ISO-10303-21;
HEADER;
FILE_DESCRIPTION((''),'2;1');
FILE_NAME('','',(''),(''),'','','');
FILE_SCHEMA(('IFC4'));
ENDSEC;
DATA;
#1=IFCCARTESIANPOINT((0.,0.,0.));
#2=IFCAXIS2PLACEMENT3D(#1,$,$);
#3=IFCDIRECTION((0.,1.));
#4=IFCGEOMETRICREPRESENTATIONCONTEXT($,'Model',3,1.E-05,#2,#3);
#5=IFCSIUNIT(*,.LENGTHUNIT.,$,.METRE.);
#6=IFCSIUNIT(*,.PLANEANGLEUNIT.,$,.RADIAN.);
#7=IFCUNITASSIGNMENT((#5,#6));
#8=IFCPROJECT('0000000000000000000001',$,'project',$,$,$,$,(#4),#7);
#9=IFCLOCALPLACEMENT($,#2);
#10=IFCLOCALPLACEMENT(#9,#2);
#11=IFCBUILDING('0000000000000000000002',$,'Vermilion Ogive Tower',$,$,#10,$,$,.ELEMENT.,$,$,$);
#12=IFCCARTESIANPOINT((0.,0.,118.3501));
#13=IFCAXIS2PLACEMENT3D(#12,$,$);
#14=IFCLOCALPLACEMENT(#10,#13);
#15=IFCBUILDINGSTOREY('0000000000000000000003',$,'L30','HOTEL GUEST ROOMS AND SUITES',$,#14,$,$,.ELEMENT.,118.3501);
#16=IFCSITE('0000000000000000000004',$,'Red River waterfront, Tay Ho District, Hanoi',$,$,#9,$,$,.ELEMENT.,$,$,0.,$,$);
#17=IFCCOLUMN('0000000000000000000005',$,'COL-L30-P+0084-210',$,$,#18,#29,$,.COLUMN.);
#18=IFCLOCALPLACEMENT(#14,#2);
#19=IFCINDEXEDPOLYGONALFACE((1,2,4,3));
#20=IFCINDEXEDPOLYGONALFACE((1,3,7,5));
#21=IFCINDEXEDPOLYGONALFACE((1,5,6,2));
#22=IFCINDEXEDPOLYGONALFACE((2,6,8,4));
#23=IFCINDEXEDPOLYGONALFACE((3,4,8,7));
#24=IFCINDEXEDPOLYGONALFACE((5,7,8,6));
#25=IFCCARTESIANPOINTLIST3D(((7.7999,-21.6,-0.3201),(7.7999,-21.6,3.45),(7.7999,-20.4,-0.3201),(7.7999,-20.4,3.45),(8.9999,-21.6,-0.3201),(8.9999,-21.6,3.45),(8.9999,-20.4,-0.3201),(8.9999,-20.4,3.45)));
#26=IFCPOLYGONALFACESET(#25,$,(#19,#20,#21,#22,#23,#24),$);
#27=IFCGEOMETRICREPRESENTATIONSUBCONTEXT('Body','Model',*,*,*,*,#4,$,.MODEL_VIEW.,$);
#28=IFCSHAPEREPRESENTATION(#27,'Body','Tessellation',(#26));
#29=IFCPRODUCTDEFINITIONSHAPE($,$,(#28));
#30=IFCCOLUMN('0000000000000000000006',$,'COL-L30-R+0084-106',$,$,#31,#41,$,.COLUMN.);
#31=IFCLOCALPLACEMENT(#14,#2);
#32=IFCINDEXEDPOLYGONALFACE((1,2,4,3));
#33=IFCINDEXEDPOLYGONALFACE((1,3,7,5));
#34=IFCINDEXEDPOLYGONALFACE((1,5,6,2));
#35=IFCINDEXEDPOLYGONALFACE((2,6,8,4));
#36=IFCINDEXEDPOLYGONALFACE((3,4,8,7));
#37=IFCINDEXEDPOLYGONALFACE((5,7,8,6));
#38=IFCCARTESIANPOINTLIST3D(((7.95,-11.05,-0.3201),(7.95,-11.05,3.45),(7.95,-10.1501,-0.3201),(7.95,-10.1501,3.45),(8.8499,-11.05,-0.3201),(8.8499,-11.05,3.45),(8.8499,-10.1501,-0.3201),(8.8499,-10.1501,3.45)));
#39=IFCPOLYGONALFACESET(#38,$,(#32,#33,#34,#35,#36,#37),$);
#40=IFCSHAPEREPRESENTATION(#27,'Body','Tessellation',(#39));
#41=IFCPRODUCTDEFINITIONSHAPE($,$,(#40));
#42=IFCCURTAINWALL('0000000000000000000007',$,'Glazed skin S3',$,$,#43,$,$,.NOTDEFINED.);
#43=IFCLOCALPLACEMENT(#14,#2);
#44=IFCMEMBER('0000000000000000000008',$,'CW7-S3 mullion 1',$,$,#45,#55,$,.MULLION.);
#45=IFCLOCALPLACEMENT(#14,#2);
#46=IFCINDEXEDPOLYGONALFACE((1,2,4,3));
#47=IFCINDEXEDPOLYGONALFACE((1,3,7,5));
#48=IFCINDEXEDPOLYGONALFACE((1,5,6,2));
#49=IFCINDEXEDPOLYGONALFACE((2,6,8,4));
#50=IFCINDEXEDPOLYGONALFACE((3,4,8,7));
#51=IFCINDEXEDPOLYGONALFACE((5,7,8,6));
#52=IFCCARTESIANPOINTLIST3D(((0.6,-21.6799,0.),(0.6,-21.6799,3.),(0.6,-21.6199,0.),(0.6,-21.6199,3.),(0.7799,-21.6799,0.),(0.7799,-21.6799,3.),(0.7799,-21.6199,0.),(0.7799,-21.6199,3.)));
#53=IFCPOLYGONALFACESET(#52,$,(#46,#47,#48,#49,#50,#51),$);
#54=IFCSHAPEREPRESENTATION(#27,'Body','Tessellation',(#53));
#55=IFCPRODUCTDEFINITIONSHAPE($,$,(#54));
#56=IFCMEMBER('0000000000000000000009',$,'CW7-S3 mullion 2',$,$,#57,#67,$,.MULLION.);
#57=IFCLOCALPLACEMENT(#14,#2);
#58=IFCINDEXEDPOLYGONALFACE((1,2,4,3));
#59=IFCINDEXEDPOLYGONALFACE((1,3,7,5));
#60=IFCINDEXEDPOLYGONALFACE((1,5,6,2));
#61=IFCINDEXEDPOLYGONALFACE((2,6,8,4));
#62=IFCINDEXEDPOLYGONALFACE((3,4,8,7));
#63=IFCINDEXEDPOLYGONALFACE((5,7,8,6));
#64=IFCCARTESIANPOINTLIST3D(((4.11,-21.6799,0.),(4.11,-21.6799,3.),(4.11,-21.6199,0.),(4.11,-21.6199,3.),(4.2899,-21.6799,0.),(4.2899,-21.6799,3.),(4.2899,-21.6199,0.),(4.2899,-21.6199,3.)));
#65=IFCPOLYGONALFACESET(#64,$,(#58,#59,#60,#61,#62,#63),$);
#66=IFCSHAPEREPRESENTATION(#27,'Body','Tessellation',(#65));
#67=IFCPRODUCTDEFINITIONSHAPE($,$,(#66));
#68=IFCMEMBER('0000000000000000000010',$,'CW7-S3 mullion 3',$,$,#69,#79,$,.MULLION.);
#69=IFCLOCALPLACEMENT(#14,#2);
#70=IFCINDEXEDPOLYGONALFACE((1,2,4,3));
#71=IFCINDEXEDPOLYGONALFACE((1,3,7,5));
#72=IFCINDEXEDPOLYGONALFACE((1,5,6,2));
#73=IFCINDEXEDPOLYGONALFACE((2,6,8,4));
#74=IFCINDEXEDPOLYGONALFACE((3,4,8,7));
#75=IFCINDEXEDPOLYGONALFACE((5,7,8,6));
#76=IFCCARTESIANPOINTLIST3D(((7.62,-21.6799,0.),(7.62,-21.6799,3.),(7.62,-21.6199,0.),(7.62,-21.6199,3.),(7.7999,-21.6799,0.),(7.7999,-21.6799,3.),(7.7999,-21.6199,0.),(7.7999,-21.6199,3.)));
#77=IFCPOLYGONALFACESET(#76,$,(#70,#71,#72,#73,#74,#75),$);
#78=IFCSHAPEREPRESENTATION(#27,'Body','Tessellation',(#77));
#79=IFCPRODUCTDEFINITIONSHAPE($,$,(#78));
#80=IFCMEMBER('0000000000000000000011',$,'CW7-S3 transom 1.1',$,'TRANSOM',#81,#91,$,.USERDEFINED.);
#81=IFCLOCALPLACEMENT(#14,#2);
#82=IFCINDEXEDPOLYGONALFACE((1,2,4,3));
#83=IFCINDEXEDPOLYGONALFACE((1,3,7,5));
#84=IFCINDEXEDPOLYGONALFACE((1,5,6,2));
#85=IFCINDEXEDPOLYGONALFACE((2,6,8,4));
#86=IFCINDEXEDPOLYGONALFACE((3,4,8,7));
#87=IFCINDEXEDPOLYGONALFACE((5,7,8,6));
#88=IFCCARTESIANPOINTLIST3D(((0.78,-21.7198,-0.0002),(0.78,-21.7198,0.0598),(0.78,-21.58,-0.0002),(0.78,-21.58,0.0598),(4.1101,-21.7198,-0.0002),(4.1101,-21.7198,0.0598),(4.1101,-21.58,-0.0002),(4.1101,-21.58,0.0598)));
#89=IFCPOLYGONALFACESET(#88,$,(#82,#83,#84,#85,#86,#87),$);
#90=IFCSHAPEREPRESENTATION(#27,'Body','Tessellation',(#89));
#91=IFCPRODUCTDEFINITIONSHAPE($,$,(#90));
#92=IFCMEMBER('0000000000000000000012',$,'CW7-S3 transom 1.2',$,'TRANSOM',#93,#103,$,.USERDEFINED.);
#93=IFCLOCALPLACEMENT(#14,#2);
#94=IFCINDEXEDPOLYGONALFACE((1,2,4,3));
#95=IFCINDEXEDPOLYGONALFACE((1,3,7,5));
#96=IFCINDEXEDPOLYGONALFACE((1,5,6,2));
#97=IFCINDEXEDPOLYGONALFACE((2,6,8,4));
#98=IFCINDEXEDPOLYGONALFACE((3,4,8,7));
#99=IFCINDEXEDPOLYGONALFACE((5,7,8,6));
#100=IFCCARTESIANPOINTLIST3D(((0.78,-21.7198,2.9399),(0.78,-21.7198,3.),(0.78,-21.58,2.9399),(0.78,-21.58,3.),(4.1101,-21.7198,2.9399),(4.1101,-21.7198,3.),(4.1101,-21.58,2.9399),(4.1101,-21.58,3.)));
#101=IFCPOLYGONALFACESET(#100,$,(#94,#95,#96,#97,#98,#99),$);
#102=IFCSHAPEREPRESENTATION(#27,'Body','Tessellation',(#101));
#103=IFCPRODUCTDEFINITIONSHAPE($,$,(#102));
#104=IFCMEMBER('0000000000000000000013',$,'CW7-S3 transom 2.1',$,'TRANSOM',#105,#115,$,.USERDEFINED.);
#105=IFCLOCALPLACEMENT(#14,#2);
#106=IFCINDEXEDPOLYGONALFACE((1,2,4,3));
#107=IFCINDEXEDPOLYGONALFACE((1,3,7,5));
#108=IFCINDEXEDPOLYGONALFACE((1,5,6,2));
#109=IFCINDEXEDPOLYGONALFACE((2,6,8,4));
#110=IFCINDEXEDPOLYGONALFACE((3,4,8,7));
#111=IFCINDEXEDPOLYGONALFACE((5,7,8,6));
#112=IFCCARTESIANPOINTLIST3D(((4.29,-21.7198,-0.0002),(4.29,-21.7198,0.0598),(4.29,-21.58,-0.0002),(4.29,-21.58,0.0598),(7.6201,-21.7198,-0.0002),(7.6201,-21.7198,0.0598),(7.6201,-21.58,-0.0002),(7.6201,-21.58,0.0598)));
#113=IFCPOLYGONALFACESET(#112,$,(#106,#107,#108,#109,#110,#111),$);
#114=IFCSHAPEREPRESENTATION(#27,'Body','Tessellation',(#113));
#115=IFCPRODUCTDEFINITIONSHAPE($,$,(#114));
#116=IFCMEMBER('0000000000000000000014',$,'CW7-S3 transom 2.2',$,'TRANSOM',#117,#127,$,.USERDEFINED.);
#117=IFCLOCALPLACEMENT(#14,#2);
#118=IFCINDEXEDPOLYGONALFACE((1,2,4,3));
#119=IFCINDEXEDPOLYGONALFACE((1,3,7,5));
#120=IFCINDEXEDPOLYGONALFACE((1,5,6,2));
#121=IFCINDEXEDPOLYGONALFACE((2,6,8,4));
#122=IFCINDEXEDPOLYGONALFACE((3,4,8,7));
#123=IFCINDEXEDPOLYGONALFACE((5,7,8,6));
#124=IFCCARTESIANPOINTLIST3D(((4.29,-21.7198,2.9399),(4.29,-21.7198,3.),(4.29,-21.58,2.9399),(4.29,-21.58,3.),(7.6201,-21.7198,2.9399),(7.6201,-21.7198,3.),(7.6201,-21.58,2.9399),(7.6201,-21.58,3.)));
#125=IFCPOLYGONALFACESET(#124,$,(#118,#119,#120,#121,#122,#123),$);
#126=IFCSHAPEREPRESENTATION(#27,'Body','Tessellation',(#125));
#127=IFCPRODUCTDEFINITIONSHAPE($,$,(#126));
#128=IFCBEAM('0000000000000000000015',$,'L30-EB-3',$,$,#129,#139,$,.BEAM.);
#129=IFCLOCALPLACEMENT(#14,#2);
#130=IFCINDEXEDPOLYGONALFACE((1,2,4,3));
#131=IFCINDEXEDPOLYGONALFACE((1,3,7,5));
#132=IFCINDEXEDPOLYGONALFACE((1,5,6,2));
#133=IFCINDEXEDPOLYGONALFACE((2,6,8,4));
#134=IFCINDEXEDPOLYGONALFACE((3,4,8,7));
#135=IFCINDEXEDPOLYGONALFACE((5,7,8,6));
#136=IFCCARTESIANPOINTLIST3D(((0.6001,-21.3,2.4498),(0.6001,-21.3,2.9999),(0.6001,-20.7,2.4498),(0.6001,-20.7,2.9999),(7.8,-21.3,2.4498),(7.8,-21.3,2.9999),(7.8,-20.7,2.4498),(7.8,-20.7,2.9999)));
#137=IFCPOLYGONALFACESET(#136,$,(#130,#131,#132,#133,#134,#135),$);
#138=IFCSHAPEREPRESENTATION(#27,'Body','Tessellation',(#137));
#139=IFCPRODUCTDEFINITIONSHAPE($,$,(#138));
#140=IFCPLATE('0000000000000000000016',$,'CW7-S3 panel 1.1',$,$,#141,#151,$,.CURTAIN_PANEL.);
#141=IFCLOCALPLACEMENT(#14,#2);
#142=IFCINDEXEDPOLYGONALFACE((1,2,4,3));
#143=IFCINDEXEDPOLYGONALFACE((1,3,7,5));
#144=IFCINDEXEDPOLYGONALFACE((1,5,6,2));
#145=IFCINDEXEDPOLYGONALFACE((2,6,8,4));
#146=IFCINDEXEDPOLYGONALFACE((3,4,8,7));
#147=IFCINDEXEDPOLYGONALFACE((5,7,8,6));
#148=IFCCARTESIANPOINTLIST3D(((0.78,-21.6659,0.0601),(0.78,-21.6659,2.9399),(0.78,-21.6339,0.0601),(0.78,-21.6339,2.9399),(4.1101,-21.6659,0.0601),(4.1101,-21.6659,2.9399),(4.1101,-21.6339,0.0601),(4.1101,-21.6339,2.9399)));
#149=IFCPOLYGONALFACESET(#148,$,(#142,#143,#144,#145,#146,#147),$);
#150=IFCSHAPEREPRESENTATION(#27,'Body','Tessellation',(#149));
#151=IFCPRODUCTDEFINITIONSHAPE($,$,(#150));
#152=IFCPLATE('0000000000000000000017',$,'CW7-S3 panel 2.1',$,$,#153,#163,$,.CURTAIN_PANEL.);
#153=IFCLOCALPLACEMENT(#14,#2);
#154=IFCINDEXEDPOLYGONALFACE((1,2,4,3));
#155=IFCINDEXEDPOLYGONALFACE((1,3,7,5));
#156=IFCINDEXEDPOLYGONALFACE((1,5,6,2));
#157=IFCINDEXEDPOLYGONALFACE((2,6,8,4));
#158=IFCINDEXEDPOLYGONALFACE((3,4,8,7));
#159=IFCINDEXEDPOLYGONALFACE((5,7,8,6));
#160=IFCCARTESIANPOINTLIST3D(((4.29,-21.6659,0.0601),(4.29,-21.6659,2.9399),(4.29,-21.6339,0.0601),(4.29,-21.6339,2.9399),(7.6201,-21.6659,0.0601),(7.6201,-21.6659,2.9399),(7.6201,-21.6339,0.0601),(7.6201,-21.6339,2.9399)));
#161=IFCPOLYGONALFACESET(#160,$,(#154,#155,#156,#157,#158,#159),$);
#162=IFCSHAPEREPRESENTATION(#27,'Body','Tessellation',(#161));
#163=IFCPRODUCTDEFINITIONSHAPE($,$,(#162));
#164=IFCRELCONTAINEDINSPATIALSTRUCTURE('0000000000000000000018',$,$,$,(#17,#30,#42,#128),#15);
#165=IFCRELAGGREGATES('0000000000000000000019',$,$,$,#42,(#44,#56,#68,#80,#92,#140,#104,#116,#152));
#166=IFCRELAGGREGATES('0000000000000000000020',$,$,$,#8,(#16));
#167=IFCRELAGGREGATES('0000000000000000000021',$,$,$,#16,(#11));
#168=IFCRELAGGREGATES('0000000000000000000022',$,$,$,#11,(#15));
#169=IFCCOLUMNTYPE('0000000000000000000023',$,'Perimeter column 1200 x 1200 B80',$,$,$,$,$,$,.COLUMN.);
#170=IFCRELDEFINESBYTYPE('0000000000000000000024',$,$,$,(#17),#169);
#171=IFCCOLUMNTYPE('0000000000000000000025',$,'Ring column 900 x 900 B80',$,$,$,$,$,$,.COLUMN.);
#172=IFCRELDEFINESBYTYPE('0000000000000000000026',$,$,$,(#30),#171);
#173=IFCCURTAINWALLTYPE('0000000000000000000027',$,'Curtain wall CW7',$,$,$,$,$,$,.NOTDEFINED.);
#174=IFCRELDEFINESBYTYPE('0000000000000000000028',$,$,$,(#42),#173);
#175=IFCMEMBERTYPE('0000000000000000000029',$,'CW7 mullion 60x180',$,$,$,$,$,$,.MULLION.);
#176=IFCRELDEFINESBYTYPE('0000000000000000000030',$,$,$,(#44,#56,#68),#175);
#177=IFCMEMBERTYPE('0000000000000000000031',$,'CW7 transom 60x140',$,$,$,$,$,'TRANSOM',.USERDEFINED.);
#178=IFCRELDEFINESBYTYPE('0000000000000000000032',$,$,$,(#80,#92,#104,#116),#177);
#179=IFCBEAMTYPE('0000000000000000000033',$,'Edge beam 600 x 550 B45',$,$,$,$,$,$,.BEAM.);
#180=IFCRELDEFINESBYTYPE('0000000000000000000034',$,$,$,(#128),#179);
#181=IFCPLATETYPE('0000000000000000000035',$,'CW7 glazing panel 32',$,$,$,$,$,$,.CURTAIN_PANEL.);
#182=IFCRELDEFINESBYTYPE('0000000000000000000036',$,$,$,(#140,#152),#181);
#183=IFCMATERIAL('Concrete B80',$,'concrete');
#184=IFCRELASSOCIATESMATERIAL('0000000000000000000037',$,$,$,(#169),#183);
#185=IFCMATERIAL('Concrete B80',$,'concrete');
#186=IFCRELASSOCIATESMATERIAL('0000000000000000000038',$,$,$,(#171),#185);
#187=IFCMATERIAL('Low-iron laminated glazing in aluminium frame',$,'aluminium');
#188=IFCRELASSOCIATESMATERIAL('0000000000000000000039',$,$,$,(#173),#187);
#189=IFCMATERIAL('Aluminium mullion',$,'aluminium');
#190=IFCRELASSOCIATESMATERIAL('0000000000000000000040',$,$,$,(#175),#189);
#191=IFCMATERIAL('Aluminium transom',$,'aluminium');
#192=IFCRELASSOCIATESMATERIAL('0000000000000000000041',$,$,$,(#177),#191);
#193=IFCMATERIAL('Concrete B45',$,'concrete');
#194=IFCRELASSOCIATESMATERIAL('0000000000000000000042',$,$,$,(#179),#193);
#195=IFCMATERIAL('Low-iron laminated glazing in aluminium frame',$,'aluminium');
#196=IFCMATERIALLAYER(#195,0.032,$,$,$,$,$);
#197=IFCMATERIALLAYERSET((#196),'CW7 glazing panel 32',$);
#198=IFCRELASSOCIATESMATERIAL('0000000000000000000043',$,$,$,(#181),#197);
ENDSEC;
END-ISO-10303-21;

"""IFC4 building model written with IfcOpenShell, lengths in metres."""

from ifc_helpers import new_model, si_unit, direction, frame, origin, origin_2d, place, context, subcontext, project, spatial, rectangle, extrude, material, layer, layer_set, material_profile, profile_set, type_object, element, aggregate, save


model = new_model("IFC4")

# Units and contexts
model_context = context("Model", 3, precision=1e-05, world=origin(), true_north=direction((0.0, 1.0)))
body_context = subcontext(model_context, "Body", "Model", "MODEL_VIEW")
ifc_project = project(units=[si_unit("LENGTHUNIT", "METRE"), si_unit("PLANEANGLEUNIT", "RADIAN")], contexts=[model_context])

# Site, building, storey
site_placement = place(None, origin())
site = spatial("IfcSite", under=ifc_project, at=site_placement, Name="Red River waterfront, Tay Ho District, Hanoi", CompositionType="ELEMENT", RefElevation=0.0)
building_placement = place(site_placement, origin())
building = spatial("IfcBuilding", under=site, at=building_placement, Name="Vermilion Ogive Tower", CompositionType="ELEMENT")
storey_placement = place(building_placement, frame((0.0, 0.0, 118.3501)))
storey = spatial("IfcBuildingStorey", under=building, at=storey_placement, Name="L30", Description="HOTEL GUEST ROOMS AND SUITES", CompositionType="ELEMENT", Elevation=118.3501)

# Columns
ifc_material_1 = material(Name="Concrete B80", Category="concrete")
ifc_material_profile_1 = material_profile(ifc_material_1, rectangle(XDim=1.2, YDim=1.2, at=origin_2d()), Name="1200 x 1200")
ifc_profile_set_1 = profile_set([ifc_material_profile_1], Name="Concrete B80")
column_type_1 = type_object("IfcColumnType", Name="Perimeter column 1200 x 1200 B80", PredefinedType="COLUMN", material=ifc_profile_set_1)
column_1_placement = place(storey_placement, frame((8.3999, -21.0, -0.3201), z_axis=(0.0, 0.0, 1.0), x_axis=(1.0, 0.0, 0.0)))
element("IfcColumn", 1, at=column_1_placement, inside=storey, type_object=column_type_1, Name="COL-L30-P+0084-210", PredefinedType="COLUMN", context=body_context, shape_type="SweptSolid", body=[
    extrude(rectangle(XDim=1.2, YDim=1.2, at=origin_2d()), origin(), (0.0, 0.0, 1.0), 3.77),
])
ifc_material_2 = material(Name="Concrete B80", Category="concrete")
ifc_material_profile_2 = material_profile(ifc_material_2, rectangle(XDim=0.8999, YDim=0.8999, at=origin_2d()), Name="900 x 900")
ifc_profile_set_2 = profile_set([ifc_material_profile_2], Name="Concrete B80")
column_type_2 = type_object("IfcColumnType", Name="Ring column 900 x 900 B80", PredefinedType="COLUMN", material=ifc_profile_set_2)
column_2_placement = place(storey_placement, frame((8.3999, -10.6001, -0.3201), z_axis=(0.0, 0.0, 1.0), x_axis=(1.0, 0.0, 0.0)))
element("IfcColumn", 2, at=column_2_placement, inside=storey, type_object=column_type_2, Name="COL-L30-R+0084-106", PredefinedType="COLUMN", context=body_context, shape_type="SweptSolid", body=[
    extrude(rectangle(XDim=0.8999, YDim=0.8999, at=origin_2d()), origin(), (0.0, 0.0, 1.0), 3.77),
])

# Curtain wall, members
ifc_material_3 = material(Name="Low-iron laminated glazing in aluminium frame", Category="aluminium")
curtain_wall_type = type_object("IfcCurtainWallType", Name="Curtain wall CW7", PredefinedType="NOTDEFINED", material=ifc_material_3)
curtain_wall_placement = place(storey_placement, origin())
curtain_wall = element("IfcCurtainWall", 3, at=curtain_wall_placement, inside=storey, type_object=curtain_wall_type, Name="Glazed skin S3", PredefinedType="NOTDEFINED")
ifc_material_4 = material(Name="Aluminium mullion", Category="aluminium")
ifc_material_profile_3 = material_profile(ifc_material_4, rectangle(XDim=0.0601, YDim=0.1799, at=origin_2d()), Name="AL 60x180")
ifc_profile_set_3 = profile_set([ifc_material_profile_3], Name="Aluminium mullion")
member_type_1 = type_object("IfcMemberType", Name="CW7 mullion 60x180", PredefinedType="MULLION", material=ifc_profile_set_3)
member_1_placement = place(storey_placement, frame((0.6899, -21.6499, 0.0), z_axis=(0.0, 0.0, 1.0), x_axis=(0.0, 1.0, 0.0)))
member_1 = element("IfcMember", 4, at=member_1_placement, type_object=member_type_1, Name="CW7-S3 mullion 1", PredefinedType="MULLION", context=body_context, shape_type="SweptSolid", body=[
    extrude(rectangle(XDim=0.0601, YDim=0.1799, at=origin_2d()), origin(), (0.0, 0.0, 1.0), 3.0),
])
member_2_placement = place(storey_placement, frame((4.2, -21.6499, 0.0), z_axis=(0.0, 0.0, 1.0), x_axis=(0.0, 1.0, 0.0)))
member_2 = element("IfcMember", 5, at=member_2_placement, type_object=member_type_1, Name="CW7-S3 mullion 2", PredefinedType="MULLION", context=body_context, shape_type="SweptSolid", body=[
    extrude(rectangle(XDim=0.0601, YDim=0.1799, at=origin_2d()), origin(), (0.0, 0.0, 1.0), 3.0),
])
member_3_placement = place(storey_placement, frame((7.71, -21.6499, 0.0), z_axis=(0.0, 0.0, 1.0), x_axis=(0.0, 1.0, 0.0)))
member_3 = element("IfcMember", 6, at=member_3_placement, type_object=member_type_1, Name="CW7-S3 mullion 3", PredefinedType="MULLION", context=body_context, shape_type="SweptSolid", body=[
    extrude(rectangle(XDim=0.0601, YDim=0.1799, at=origin_2d()), origin(), (0.0, 0.0, 1.0), 3.0),
])
ifc_material_5 = material(Name="Aluminium transom", Category="aluminium")
ifc_material_profile_4 = material_profile(ifc_material_5, rectangle(XDim=0.1399, YDim=0.0601, at=origin_2d()), Name="AL 60x140")
ifc_profile_set_4 = profile_set([ifc_material_profile_4], Name="Aluminium transom")
member_type_2 = type_object("IfcMemberType", Name="CW7 transom 60x140", ElementType="TRANSOM", PredefinedType="USERDEFINED", material=ifc_profile_set_4)
member_4_placement = place(storey_placement, frame((0.78, -21.6499, 0.0298), z_axis=(1.0, 0.0, 0.0), x_axis=(0.0, 1.0, 0.0)))
member_4 = element("IfcMember", 7, at=member_4_placement, type_object=member_type_2, Name="CW7-S3 transom 1.1", ObjectType="TRANSOM", PredefinedType="USERDEFINED", context=body_context, shape_type="SweptSolid", body=[
    extrude(rectangle(XDim=0.1399, YDim=0.0601, at=origin_2d()), origin(), (0.0, 0.0, 1.0), 3.3301),
])
member_5_placement = place(storey_placement, frame((0.78, -21.6499, 2.97), z_axis=(1.0, 0.0, 0.0), x_axis=(0.0, 1.0, 0.0)))
member_5 = element("IfcMember", 8, at=member_5_placement, type_object=member_type_2, Name="CW7-S3 transom 1.2", ObjectType="TRANSOM", PredefinedType="USERDEFINED", context=body_context, shape_type="SweptSolid", body=[
    extrude(rectangle(XDim=0.1399, YDim=0.0601, at=origin_2d()), origin(), (0.0, 0.0, 1.0), 3.3301),
])
member_6_placement = place(storey_placement, frame((4.29, -21.6499, 0.0298), z_axis=(1.0, 0.0, 0.0), x_axis=(0.0, 1.0, 0.0)))
member_6 = element("IfcMember", 9, at=member_6_placement, type_object=member_type_2, Name="CW7-S3 transom 2.1", ObjectType="TRANSOM", PredefinedType="USERDEFINED", context=body_context, shape_type="SweptSolid", body=[
    extrude(rectangle(XDim=0.1399, YDim=0.0601, at=origin_2d()), origin(), (0.0, 0.0, 1.0), 3.3301),
])
member_7_placement = place(storey_placement, frame((4.29, -21.6499, 2.97), z_axis=(1.0, 0.0, 0.0), x_axis=(0.0, 1.0, 0.0)))
member_7 = element("IfcMember", 10, at=member_7_placement, type_object=member_type_2, Name="CW7-S3 transom 2.2", ObjectType="TRANSOM", PredefinedType="USERDEFINED", context=body_context, shape_type="SweptSolid", body=[
    extrude(rectangle(XDim=0.1399, YDim=0.0601, at=origin_2d()), origin(), (0.0, 0.0, 1.0), 3.3301),
])

# Beam
ifc_material_6 = material(Name="Concrete B45", Category="concrete")
ifc_material_profile_5 = material_profile(ifc_material_6, rectangle(XDim=0.6001, YDim=0.55, at=origin_2d()), Name="600 x 550")
ifc_profile_set_5 = profile_set([ifc_material_profile_5], Name="Concrete B45")
beam_type = type_object("IfcBeamType", Name="Edge beam 600 x 550 B45", PredefinedType="BEAM", material=ifc_profile_set_5)
beam_placement = place(storey_placement, frame((0.6001, -21.0, 2.7249), z_axis=(1.0, 0.0, 0.0), x_axis=(0.0, 1.0, 0.0)))
element("IfcBeam", 11, at=beam_placement, inside=storey, type_object=beam_type, Name="L30-EB-3", PredefinedType="BEAM", context=body_context, shape_type="SweptSolid", body=[
    extrude(rectangle(XDim=0.6001, YDim=0.55, at=origin_2d()), origin(), (0.0, 0.0, 1.0), 7.2),
])

# Plates
ifc_material_7 = material(Name="Low-iron laminated glazing in aluminium frame", Category="aluminium")
ifc_layer_1 = layer(ifc_material_7, 0.032)
ifc_layer_set_1 = layer_set([ifc_layer_1], Name="CW7 glazing panel 32")
plate_type = type_object("IfcPlateType", Name="CW7 glazing panel 32", PredefinedType="CURTAIN_PANEL", material=ifc_layer_set_1)
plate_1_placement = place(storey_placement, frame((2.4451, -21.6499, 0.0601), z_axis=(0.0, 0.0, 1.0), x_axis=(1.0, 0.0, 0.0)))
plate_1 = element("IfcPlate", 12, at=plate_1_placement, type_object=plate_type, Name="CW7-S3 panel 1.1", PredefinedType="CURTAIN_PANEL", context=body_context, shape_type="SweptSolid", body=[
    extrude(rectangle(XDim=3.3301, YDim=0.032, at=origin_2d()), origin(), (0.0, 0.0, 1.0), 2.8799),
])
plate_2_placement = place(storey_placement, frame((5.9551, -21.6499, 0.0601), z_axis=(0.0, 0.0, 1.0), x_axis=(1.0, 0.0, 0.0)))
plate_2 = element("IfcPlate", 13, at=plate_2_placement, type_object=plate_type, Name="CW7-S3 panel 2.1", PredefinedType="CURTAIN_PANEL", context=body_context, shape_type="SweptSolid", body=[
    extrude(rectangle(XDim=3.3301, YDim=0.032, at=origin_2d()), origin(), (0.0, 0.0, 1.0), 2.8799),
])
aggregate(curtain_wall, [member_1, member_2, member_3, member_4, member_5, plate_1, member_6, member_7, plate_2])

save(model, "model.ifc")
